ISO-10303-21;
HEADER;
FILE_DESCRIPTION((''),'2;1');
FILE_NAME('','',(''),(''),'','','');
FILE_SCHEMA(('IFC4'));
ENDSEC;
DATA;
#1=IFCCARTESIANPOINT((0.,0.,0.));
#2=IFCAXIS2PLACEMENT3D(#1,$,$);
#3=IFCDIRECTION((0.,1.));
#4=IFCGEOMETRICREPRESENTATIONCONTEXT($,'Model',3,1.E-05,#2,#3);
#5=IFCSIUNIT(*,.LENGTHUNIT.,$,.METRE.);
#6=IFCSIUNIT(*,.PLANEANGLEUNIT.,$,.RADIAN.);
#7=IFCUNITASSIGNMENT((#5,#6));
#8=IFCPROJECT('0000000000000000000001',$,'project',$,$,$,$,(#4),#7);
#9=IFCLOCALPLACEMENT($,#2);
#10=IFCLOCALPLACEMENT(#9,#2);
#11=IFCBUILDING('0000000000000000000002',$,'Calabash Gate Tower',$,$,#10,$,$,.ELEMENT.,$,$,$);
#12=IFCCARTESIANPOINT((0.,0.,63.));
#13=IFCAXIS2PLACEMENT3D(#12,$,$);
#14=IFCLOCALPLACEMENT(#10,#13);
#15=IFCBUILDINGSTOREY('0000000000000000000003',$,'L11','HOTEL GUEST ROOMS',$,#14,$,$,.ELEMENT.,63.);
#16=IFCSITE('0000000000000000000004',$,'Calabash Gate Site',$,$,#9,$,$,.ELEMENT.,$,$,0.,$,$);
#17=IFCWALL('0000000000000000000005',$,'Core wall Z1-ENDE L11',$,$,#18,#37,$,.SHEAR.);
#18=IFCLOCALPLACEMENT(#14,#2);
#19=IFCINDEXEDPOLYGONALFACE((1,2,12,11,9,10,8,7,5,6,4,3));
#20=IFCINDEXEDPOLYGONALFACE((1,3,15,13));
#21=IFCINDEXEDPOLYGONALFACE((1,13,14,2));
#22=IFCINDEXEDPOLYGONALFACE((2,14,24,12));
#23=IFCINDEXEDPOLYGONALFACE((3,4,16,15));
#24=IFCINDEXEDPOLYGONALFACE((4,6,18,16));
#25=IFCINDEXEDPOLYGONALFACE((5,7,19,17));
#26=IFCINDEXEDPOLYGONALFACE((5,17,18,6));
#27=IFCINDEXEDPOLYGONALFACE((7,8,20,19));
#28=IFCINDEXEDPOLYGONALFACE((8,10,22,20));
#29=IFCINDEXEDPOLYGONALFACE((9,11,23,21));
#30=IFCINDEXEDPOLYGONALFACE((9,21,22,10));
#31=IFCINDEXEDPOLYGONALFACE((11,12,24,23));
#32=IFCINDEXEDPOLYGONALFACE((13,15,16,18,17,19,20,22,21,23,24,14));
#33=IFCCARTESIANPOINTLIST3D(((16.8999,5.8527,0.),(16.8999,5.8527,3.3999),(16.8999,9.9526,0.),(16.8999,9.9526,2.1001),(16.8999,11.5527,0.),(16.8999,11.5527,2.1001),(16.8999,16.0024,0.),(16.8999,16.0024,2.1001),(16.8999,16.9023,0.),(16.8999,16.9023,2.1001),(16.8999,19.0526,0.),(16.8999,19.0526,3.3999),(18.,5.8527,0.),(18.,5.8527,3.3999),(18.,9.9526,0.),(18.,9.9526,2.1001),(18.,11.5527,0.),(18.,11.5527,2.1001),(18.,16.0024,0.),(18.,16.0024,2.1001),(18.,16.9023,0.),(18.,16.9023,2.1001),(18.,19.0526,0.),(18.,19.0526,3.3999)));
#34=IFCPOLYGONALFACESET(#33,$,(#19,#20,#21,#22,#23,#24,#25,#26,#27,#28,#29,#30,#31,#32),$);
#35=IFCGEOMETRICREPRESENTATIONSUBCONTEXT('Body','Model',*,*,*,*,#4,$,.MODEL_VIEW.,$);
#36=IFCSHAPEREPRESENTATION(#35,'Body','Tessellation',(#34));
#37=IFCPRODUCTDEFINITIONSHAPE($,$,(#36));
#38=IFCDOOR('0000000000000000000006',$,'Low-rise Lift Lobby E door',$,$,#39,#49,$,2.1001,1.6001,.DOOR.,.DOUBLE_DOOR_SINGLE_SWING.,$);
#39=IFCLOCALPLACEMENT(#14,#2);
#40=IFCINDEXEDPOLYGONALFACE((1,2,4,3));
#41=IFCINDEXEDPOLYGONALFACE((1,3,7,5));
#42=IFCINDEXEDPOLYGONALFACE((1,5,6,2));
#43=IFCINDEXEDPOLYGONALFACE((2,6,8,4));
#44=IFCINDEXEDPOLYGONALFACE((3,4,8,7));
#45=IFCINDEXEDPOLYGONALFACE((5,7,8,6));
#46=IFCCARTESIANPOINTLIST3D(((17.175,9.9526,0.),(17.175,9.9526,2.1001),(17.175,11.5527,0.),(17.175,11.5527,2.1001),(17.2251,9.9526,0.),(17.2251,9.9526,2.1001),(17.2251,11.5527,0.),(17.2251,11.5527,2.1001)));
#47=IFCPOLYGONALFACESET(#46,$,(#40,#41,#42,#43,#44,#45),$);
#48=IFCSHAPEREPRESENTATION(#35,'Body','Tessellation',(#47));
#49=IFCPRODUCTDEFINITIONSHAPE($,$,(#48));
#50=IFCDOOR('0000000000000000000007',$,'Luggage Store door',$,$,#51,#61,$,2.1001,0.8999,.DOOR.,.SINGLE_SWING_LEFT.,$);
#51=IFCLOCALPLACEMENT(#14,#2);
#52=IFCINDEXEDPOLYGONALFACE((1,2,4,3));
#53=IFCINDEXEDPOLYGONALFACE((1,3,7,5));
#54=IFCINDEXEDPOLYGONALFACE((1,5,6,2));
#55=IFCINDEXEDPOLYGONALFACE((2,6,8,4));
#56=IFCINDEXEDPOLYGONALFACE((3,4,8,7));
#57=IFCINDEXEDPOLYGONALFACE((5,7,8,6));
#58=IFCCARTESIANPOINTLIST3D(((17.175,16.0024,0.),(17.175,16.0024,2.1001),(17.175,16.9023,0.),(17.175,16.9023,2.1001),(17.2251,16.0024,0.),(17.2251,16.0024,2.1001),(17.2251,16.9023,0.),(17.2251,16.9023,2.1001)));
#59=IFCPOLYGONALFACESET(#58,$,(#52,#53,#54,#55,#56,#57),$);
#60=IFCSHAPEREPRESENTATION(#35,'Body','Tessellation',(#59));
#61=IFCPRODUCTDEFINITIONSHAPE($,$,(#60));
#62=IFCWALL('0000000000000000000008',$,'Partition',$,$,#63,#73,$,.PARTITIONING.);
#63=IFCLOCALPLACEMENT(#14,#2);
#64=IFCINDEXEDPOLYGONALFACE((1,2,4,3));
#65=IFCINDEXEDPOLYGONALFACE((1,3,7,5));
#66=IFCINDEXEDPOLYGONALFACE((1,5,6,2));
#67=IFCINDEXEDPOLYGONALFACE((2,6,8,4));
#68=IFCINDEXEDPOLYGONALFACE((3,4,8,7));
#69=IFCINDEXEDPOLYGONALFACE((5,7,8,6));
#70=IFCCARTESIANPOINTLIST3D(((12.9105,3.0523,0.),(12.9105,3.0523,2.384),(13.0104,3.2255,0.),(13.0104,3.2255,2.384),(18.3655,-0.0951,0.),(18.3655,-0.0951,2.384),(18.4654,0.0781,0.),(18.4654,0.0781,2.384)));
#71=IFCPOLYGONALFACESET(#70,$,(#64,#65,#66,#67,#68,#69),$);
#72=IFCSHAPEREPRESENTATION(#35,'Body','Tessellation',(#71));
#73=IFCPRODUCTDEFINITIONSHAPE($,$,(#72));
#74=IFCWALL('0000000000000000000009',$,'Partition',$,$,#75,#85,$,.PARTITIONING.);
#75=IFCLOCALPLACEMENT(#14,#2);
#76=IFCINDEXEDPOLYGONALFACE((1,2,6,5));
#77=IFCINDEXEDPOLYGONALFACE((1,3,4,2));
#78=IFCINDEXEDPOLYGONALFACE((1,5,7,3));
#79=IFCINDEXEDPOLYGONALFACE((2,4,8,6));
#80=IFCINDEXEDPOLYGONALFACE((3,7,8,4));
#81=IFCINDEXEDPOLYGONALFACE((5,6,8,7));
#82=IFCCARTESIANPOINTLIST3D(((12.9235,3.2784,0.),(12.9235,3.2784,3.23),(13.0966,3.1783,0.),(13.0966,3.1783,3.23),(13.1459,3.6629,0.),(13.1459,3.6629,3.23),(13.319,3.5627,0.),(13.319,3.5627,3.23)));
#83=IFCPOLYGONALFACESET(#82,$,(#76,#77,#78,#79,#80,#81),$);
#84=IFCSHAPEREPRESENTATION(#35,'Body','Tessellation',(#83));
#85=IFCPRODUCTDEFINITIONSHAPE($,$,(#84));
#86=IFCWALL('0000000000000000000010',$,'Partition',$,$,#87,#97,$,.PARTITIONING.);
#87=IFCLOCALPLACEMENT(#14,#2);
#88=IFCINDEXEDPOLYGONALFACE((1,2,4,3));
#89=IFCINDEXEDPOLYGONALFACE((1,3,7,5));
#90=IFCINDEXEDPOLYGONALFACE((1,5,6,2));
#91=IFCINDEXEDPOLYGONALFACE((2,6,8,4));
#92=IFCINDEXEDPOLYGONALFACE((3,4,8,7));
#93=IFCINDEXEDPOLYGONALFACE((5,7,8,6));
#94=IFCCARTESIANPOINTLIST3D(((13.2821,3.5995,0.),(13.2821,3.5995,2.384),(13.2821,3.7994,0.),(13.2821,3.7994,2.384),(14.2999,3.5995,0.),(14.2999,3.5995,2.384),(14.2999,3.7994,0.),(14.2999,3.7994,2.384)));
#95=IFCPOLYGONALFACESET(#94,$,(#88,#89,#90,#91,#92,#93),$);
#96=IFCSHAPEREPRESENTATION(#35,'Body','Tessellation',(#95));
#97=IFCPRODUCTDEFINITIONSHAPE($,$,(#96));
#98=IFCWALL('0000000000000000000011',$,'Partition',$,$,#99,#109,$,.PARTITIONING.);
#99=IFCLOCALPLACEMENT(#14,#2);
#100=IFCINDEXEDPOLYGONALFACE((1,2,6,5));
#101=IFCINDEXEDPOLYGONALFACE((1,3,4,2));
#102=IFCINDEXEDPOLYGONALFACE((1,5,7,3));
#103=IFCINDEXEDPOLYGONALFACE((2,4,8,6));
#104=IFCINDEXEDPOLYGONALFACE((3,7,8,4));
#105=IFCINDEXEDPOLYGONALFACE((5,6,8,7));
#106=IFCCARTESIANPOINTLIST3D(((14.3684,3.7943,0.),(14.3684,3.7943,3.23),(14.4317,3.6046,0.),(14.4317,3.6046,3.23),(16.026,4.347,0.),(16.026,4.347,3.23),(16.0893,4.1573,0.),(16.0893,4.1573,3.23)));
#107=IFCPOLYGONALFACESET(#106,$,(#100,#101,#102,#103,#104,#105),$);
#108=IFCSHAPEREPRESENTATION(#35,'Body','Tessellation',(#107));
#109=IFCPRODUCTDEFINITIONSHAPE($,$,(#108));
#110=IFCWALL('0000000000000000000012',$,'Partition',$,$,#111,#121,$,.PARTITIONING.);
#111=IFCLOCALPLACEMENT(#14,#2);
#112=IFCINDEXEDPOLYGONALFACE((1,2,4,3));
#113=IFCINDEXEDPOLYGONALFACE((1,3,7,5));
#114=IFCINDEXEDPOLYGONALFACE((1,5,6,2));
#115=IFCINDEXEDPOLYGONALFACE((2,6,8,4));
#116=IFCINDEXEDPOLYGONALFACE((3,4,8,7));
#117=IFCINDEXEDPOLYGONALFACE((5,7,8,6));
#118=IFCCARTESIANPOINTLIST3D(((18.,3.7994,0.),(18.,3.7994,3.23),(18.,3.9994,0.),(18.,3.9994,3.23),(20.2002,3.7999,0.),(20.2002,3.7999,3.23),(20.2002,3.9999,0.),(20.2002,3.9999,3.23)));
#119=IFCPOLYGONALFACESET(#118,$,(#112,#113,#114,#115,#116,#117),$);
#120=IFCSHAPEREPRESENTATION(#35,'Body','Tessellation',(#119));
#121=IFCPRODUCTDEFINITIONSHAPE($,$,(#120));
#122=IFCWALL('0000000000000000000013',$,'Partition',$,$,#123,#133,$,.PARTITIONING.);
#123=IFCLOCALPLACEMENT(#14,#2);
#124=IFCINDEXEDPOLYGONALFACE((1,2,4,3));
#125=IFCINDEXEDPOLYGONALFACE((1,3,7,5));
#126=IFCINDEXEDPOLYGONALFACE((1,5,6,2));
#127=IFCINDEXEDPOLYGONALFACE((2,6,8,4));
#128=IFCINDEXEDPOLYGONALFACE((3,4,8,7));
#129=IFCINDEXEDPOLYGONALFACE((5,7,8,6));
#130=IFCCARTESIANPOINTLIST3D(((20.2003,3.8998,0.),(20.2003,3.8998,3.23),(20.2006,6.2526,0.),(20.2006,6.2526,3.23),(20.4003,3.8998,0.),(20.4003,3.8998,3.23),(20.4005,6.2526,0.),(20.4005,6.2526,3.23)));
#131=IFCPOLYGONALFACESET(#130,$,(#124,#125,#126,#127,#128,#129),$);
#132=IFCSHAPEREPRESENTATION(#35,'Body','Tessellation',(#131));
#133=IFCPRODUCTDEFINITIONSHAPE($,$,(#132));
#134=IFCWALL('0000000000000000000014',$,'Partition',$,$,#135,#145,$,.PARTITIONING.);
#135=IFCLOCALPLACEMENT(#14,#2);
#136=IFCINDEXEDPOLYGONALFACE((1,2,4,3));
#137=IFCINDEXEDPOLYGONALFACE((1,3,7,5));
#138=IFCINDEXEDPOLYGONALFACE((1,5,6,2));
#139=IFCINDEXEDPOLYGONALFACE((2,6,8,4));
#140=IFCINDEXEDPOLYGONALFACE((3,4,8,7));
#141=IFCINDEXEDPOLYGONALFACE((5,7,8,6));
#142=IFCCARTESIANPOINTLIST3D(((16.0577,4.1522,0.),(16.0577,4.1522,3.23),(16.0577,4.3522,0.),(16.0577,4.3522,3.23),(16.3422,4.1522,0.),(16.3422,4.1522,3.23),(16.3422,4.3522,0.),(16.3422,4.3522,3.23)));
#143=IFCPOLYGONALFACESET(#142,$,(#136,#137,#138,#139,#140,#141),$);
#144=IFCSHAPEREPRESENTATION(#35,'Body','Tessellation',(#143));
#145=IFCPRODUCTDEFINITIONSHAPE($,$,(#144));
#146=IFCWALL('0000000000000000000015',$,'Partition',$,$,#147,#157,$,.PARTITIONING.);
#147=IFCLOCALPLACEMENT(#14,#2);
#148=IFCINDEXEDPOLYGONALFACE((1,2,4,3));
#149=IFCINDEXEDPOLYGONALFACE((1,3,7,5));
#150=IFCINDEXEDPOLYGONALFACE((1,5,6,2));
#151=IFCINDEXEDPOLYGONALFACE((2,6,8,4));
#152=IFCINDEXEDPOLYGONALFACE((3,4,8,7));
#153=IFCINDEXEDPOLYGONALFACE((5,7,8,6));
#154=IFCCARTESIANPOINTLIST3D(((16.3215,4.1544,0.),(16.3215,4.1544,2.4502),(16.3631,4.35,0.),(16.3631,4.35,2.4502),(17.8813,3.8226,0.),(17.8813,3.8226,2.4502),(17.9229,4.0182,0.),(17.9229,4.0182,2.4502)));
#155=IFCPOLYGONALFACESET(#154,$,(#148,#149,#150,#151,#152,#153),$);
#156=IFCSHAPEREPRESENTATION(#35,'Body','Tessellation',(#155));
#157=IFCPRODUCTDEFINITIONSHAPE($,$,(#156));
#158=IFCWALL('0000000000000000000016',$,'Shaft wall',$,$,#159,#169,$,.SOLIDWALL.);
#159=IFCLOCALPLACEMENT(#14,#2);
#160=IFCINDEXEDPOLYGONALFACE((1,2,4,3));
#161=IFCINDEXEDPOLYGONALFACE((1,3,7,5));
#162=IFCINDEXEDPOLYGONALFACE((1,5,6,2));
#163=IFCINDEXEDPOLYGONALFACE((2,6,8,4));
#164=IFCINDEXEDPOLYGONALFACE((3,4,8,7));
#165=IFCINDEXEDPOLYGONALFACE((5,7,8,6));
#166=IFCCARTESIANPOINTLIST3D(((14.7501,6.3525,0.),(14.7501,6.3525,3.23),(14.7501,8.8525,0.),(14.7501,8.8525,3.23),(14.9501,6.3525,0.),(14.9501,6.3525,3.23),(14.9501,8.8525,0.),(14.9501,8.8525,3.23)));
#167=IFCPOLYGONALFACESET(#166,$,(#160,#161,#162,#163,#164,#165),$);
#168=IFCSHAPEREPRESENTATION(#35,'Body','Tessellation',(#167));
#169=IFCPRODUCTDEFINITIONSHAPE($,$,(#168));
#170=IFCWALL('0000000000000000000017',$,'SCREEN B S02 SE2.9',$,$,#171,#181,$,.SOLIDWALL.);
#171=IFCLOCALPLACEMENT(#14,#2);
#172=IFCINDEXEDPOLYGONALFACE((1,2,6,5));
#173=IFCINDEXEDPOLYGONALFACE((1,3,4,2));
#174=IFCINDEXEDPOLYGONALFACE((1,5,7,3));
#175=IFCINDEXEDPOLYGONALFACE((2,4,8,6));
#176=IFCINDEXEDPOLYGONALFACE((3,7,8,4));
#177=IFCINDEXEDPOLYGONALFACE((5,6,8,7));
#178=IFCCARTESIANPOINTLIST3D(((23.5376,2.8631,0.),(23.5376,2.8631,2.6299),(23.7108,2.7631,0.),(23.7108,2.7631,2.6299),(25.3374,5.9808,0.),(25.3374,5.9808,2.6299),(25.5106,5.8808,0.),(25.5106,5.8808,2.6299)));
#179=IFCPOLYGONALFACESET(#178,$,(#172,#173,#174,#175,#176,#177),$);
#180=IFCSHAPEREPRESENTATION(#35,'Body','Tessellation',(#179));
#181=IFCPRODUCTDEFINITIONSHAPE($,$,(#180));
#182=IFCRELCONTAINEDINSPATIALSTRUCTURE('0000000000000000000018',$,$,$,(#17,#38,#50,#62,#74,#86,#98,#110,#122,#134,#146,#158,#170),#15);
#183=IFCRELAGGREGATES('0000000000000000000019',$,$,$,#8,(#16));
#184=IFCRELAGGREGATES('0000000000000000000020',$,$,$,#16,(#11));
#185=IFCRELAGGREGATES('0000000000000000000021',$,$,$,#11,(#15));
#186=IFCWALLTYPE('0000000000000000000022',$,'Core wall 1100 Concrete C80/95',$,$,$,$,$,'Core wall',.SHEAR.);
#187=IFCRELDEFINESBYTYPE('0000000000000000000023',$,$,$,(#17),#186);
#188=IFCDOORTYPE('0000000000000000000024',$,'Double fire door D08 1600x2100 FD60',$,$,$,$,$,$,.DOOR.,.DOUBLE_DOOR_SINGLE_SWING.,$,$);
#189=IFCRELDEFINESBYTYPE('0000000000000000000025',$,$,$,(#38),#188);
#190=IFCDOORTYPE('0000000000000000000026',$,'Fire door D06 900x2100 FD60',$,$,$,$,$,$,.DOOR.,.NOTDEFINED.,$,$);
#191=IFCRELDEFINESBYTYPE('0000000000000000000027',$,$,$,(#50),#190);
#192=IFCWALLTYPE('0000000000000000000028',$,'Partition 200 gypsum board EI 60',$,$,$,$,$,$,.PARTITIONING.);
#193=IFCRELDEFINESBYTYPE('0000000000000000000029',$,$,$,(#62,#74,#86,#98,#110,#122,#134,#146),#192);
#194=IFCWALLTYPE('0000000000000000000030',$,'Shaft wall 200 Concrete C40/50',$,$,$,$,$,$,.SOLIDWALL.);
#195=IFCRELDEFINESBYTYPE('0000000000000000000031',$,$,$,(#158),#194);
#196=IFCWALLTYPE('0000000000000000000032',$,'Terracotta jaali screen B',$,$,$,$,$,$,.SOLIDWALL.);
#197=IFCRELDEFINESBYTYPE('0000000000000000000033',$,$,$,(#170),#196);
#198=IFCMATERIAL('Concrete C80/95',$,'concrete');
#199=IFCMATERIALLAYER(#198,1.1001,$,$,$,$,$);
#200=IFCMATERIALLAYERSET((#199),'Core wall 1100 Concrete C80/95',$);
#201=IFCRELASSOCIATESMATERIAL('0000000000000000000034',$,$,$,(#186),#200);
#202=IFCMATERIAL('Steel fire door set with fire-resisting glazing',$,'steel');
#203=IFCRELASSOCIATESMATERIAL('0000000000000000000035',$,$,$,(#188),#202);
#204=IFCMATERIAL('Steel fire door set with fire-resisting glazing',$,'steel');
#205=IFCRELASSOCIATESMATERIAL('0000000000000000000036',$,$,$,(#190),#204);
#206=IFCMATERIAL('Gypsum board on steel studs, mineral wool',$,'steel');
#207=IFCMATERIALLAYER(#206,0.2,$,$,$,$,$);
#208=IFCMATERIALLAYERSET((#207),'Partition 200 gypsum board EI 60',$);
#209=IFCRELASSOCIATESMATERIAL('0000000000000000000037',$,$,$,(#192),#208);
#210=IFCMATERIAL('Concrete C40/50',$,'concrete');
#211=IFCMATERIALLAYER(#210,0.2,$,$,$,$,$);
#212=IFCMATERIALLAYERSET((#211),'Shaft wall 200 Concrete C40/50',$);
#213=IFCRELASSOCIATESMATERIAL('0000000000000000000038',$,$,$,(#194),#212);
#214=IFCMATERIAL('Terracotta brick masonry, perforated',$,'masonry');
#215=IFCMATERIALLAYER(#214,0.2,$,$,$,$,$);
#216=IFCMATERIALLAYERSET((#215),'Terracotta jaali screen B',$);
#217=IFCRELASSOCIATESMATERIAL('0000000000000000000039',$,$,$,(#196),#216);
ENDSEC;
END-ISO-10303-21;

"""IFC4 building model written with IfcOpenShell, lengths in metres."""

from ifc_helpers import new_model, si_unit, direction, frame, frame_2d, origin, place, context, subcontext, project, spatial, rectangle, extrude, material, layer, layer_set, type_object, element, fill, save


model = new_model("IFC4")

# Units and contexts
model_context = context("Model", 3, precision=1e-05, world=origin(), true_north=direction((0.0, 1.0)))
body_context = subcontext(model_context, "Body", "Model", "MODEL_VIEW")
ifc_project = project(units=[si_unit("LENGTHUNIT", "METRE"), si_unit("PLANEANGLEUNIT", "RADIAN")], contexts=[model_context])

# Site, building, storey
site_placement = place(None, origin())
site = spatial("IfcSite", under=ifc_project, at=site_placement, Name="Calabash Gate Site", CompositionType="ELEMENT", RefElevation=0.0)
building_placement = place(site_placement, origin())
building = spatial("IfcBuilding", under=site, at=building_placement, Name="Calabash Gate Tower", CompositionType="ELEMENT")
storey_placement = place(building_placement, frame((0.0, 0.0, 63.0)))
storey = spatial("IfcBuildingStorey", under=building, at=storey_placement, Name="L11", Description="HOTEL GUEST ROOMS", CompositionType="ELEMENT", Elevation=63.0)

# Wall, openings, doors
ifc_material_1 = material(Name="Concrete C80/95", Category="concrete")
ifc_layer_1 = layer(ifc_material_1, 1.1001)
ifc_layer_set_1 = layer_set([ifc_layer_1], Name="Core wall 1100 Concrete C80/95")
wall_type_1 = type_object("IfcWallType", Name="Core wall 1100 Concrete C80/95", ElementType="Core wall", PredefinedType="SHEAR", material=ifc_layer_set_1)
wall_1_placement = place(storey_placement, frame((17.45, 5.8525, 0.0), z_axis=(0.0, 0.0, 1.0), x_axis=(0.0, 1.0, 0.0)))
wall_1 = element("IfcWall", 1, at=wall_1_placement, inside=storey, type_object=wall_type_1, Name="Core wall Z1-ENDE L11", PredefinedType="SHEAR", context=body_context, shape_type="SweptSolid", body=[
    extrude(rectangle(XDim=13.2, YDim=1.1001, at=frame_2d((6.6001, 0.0))), origin(), (0.0, 0.0, 1.0), 3.3999),
])
opening_1_placement = place(wall_1_placement, frame((4.1001, 0.0, 0.0)))
opening_1 = element("IfcOpeningElement", 2, at=opening_1_placement, cuts=wall_1, PredefinedType="OPENING", context=body_context, shape_type="SweptSolid", body=[
    extrude(rectangle(XDim=1.6001, YDim=2.1001, at=frame_2d((0.8, 1.05))), frame((0.0, 0.5601, 0.0), z_axis=(0.0, -1.0, 0.0), x_axis=(1.0, 0.0, 0.0)), (0.0, 0.0, 1.0), 1.1201),
])
opening_2_placement = place(wall_1_placement, frame((10.1499, 0.0, 0.0)))
opening_2 = element("IfcOpeningElement", 3, at=opening_2_placement, cuts=wall_1, PredefinedType="OPENING", context=body_context, shape_type="SweptSolid", body=[
    extrude(rectangle(XDim=0.8999, YDim=2.1001, at=frame_2d((0.45, 1.05))), frame((0.0, 0.5601, 0.0), z_axis=(0.0, -1.0, 0.0), x_axis=(1.0, 0.0, 0.0)), (0.0, 0.0, 1.0), 1.1201),
])
ifc_material_2 = material(Name="Steel fire door set with fire-resisting glazing", Category="steel")
door_type_1 = type_object("IfcDoorType", Name="Double fire door D08 1600x2100 FD60", OperationType="DOUBLE_DOOR_SINGLE_SWING", PredefinedType="DOOR", material=ifc_material_2)
door_1_placement = place(opening_1_placement, origin())
door_1 = element("IfcDoor", 4, at=door_1_placement, inside=storey, type_object=door_type_1, Name="Low-rise Lift Lobby E door", OperationType="DOUBLE_DOOR_SINGLE_SWING", OverallHeight=2.1001, OverallWidth=1.6001, PredefinedType="DOOR", context=body_context, shape_type="SweptSolid", body=[
    extrude(rectangle(XDim=1.6001, YDim=2.1001, at=frame_2d((0.8, 1.05))), frame((0.0, 0.2749, 0.0), z_axis=(0.0, -1.0, 0.0), x_axis=(1.0, 0.0, 0.0)), (0.0, 0.0, 1.0), 0.05),
])
fill(opening_1, door_1)
ifc_material_3 = material(Name="Steel fire door set with fire-resisting glazing", Category="steel")
door_type_2 = type_object("IfcDoorType", Name="Fire door D06 900x2100 FD60", OperationType="NOTDEFINED", PredefinedType="DOOR", material=ifc_material_3)
door_2_placement = place(opening_2_placement, origin())
door_2 = element("IfcDoor", 5, at=door_2_placement, inside=storey, type_object=door_type_2, Name="Luggage Store door", OperationType="SINGLE_SWING_LEFT", OverallHeight=2.1001, OverallWidth=0.8999, PredefinedType="DOOR", context=body_context, shape_type="SweptSolid", body=[
    extrude(rectangle(XDim=0.8999, YDim=2.1001, at=frame_2d((0.45, 1.05))), frame((0.0, 0.2749, 0.0), z_axis=(0.0, -1.0, 0.0), x_axis=(1.0, 0.0, 0.0)), (0.0, 0.0, 1.0), 0.05),
])
fill(opening_2, door_2)

# Walls
ifc_material_4 = material(Name="Gypsum board on steel studs, mineral wool", Category="steel")
ifc_layer_2 = layer(ifc_material_4, 0.2)
ifc_layer_set_2 = layer_set([ifc_layer_2], Name="Partition 200 gypsum board EI 60")
wall_type_2 = type_object("IfcWallType", Name="Partition 200 gypsum board EI 60", PredefinedType="PARTITIONING", material=ifc_layer_set_2)
wall_2_placement = place(storey_placement, frame((12.9604, 3.1389, 0.0), z_axis=(0.0, 0.0, 1.0), x_axis=(0.866165, -0.499758, 0.0)))
element("IfcWall", 6, at=wall_2_placement, inside=storey, type_object=wall_type_2, Name="Partition", PredefinedType="PARTITIONING", context=body_context, shape_type="SweptSolid", body=[
    extrude(rectangle(XDim=6.2979, YDim=0.2, at=frame_2d((3.1489, 0.0))), origin(), (0.0, 0.0, 1.0), 2.384),
])
wall_3_placement = place(storey_placement, frame((13.01, 3.2283, 0.0), z_axis=(0.0, 0.0, 1.0), x_axis=(0.50069, 0.865627, 0.0)))
element("IfcWall", 7, at=wall_3_placement, inside=storey, type_object=wall_type_2, Name="Partition", PredefinedType="PARTITIONING", context=body_context, shape_type="SweptSolid", body=[
    extrude(rectangle(XDim=0.4441, YDim=0.2, at=frame_2d((0.2222, 0.0))), origin(), (0.0, 0.0, 1.0), 3.23),
])
wall_4_placement = place(storey_placement, frame((13.2822, 3.6995, 0.0), z_axis=(0.0, 0.0, 1.0), x_axis=(1.0, 0.0, 0.0)))
element("IfcWall", 8, at=wall_4_placement, inside=storey, type_object=wall_type_2, Name="Partition", PredefinedType="PARTITIONING", context=body_context, shape_type="SweptSolid", body=[
    extrude(rectangle(XDim=1.0178, YDim=0.2, at=frame_2d((0.5088, 0.0))), origin(), (0.0, 0.0, 1.0), 2.384),
])
wall_5_placement = place(storey_placement, frame((14.4001, 3.6995, 0.0), z_axis=(0.0, 0.0, 1.0), x_axis=(0.948655, 0.316312, 0.0)))
element("IfcWall", 9, at=wall_5_placement, inside=storey, type_object=wall_type_2, Name="Partition", PredefinedType="PARTITIONING", context=body_context, shape_type="SweptSolid", body=[
    extrude(rectangle(XDim=1.7473, YDim=0.2, at=frame_2d((0.8735, 0.0))), origin(), (0.0, 0.0, 1.0), 3.23),
])
wall_6_placement = place(storey_placement, frame((18.0, 3.8994, 0.0), z_axis=(0.0, 0.0, 1.0), x_axis=(1.0, 0.000222, 0.0)))
element("IfcWall", 10, at=wall_6_placement, inside=storey, type_object=wall_type_2, Name="Partition", PredefinedType="PARTITIONING", context=body_context, shape_type="SweptSolid", body=[
    extrude(rectangle(XDim=2.2002, YDim=0.2, at=frame_2d((1.1001, 0.0))), origin(), (0.0, 0.0, 1.0), 3.23),
])
wall_7_placement = place(storey_placement, frame((20.3003, 3.8999, 0.0), z_axis=(0.0, 0.0, 1.0), x_axis=(0.000104, 1.0, 0.0)))
element("IfcWall", 11, at=wall_7_placement, inside=storey, type_object=wall_type_2, Name="Partition", PredefinedType="PARTITIONING", context=body_context, shape_type="SweptSolid", body=[
    extrude(rectangle(XDim=2.3528, YDim=0.2, at=frame_2d((1.1763, 0.0))), origin(), (0.0, 0.0, 1.0), 3.23),
])
wall_8_placement = place(storey_placement, frame((16.0579, 4.2522, 0.0), z_axis=(0.0, 0.0, 1.0), x_axis=(1.0, 0.0, 0.0)))
element("IfcWall", 12, at=wall_8_placement, inside=storey, type_object=wall_type_2, Name="Partition", PredefinedType="PARTITIONING", context=body_context, shape_type="SweptSolid", body=[
    extrude(rectangle(XDim=0.2844, YDim=0.2, at=frame_2d((0.1421, 0.0))), origin(), (0.0, 0.0, 1.0), 3.23),
])
wall_9_placement = place(storey_placement, frame((16.3423, 4.2522, 0.0), z_axis=(0.0, 0.0, 1.0), x_axis=(0.978117, -0.208055, 0.0)))
element("IfcWall", 13, at=wall_9_placement, inside=storey, type_object=wall_type_2, Name="Partition", PredefinedType="PARTITIONING", context=body_context, shape_type="SweptSolid", body=[
    extrude(rectangle(XDim=1.5947, YDim=0.2, at=frame_2d((0.7974, 0.0))), origin(), (0.0, 0.0, 1.0), 2.4502),
])
ifc_material_5 = material(Name="Concrete C40/50", Category="concrete")
ifc_layer_3 = layer(ifc_material_5, 0.2)
ifc_layer_set_3 = layer_set([ifc_layer_3], Name="Shaft wall 200 Concrete C40/50")
wall_type_3 = type_object("IfcWallType", Name="Shaft wall 200 Concrete C40/50", PredefinedType="SOLIDWALL", material=ifc_layer_set_3)
wall_10_placement = place(storey_placement, frame((14.8501, 6.3525, 0.0), z_axis=(0.0, 0.0, 1.0), x_axis=(0.0, 1.0, 0.0)))
element("IfcWall", 14, at=wall_10_placement, inside=storey, type_object=wall_type_3, Name="Shaft wall", PredefinedType="SOLIDWALL", context=body_context, shape_type="SweptSolid", body=[
    extrude(rectangle(XDim=2.5, YDim=0.2, at=frame_2d((1.25, 0.0))), origin(), (0.0, 0.0, 1.0), 3.23),
])
ifc_material_6 = material(Name="Terracotta brick masonry, perforated", Category="masonry")
ifc_layer_4 = layer(ifc_material_6, 0.2)
ifc_layer_set_4 = layer_set([ifc_layer_4], Name="Terracotta jaali screen B")
wall_type_4 = type_object("IfcWallType", Name="Terracotta jaali screen B", PredefinedType="SOLIDWALL", material=ifc_layer_set_4)
for number, where, z_axis, x_axis, name in (
    (15, (23.6243, 2.8132, 0.0), (0.0, 0.0, 1.0), (0.499961, 0.866048, 0.0), "SCREEN B S02 SE2.9"),
):
    element("IfcWall", number, at=place(storey_placement, frame(where, z_axis=z_axis, x_axis=x_axis)), inside=storey, type_object=wall_type_4, Name=name, PredefinedType="SOLIDWALL", context=body_context, shape_type="SweptSolid", body=[
        extrude(rectangle(XDim=3.5999, YDim=0.2, at=frame_2d((1.7998, 0.0))), origin(), (0.0, 0.0, 1.0), 2.6299),
    ])

save(model, "model.ifc")
